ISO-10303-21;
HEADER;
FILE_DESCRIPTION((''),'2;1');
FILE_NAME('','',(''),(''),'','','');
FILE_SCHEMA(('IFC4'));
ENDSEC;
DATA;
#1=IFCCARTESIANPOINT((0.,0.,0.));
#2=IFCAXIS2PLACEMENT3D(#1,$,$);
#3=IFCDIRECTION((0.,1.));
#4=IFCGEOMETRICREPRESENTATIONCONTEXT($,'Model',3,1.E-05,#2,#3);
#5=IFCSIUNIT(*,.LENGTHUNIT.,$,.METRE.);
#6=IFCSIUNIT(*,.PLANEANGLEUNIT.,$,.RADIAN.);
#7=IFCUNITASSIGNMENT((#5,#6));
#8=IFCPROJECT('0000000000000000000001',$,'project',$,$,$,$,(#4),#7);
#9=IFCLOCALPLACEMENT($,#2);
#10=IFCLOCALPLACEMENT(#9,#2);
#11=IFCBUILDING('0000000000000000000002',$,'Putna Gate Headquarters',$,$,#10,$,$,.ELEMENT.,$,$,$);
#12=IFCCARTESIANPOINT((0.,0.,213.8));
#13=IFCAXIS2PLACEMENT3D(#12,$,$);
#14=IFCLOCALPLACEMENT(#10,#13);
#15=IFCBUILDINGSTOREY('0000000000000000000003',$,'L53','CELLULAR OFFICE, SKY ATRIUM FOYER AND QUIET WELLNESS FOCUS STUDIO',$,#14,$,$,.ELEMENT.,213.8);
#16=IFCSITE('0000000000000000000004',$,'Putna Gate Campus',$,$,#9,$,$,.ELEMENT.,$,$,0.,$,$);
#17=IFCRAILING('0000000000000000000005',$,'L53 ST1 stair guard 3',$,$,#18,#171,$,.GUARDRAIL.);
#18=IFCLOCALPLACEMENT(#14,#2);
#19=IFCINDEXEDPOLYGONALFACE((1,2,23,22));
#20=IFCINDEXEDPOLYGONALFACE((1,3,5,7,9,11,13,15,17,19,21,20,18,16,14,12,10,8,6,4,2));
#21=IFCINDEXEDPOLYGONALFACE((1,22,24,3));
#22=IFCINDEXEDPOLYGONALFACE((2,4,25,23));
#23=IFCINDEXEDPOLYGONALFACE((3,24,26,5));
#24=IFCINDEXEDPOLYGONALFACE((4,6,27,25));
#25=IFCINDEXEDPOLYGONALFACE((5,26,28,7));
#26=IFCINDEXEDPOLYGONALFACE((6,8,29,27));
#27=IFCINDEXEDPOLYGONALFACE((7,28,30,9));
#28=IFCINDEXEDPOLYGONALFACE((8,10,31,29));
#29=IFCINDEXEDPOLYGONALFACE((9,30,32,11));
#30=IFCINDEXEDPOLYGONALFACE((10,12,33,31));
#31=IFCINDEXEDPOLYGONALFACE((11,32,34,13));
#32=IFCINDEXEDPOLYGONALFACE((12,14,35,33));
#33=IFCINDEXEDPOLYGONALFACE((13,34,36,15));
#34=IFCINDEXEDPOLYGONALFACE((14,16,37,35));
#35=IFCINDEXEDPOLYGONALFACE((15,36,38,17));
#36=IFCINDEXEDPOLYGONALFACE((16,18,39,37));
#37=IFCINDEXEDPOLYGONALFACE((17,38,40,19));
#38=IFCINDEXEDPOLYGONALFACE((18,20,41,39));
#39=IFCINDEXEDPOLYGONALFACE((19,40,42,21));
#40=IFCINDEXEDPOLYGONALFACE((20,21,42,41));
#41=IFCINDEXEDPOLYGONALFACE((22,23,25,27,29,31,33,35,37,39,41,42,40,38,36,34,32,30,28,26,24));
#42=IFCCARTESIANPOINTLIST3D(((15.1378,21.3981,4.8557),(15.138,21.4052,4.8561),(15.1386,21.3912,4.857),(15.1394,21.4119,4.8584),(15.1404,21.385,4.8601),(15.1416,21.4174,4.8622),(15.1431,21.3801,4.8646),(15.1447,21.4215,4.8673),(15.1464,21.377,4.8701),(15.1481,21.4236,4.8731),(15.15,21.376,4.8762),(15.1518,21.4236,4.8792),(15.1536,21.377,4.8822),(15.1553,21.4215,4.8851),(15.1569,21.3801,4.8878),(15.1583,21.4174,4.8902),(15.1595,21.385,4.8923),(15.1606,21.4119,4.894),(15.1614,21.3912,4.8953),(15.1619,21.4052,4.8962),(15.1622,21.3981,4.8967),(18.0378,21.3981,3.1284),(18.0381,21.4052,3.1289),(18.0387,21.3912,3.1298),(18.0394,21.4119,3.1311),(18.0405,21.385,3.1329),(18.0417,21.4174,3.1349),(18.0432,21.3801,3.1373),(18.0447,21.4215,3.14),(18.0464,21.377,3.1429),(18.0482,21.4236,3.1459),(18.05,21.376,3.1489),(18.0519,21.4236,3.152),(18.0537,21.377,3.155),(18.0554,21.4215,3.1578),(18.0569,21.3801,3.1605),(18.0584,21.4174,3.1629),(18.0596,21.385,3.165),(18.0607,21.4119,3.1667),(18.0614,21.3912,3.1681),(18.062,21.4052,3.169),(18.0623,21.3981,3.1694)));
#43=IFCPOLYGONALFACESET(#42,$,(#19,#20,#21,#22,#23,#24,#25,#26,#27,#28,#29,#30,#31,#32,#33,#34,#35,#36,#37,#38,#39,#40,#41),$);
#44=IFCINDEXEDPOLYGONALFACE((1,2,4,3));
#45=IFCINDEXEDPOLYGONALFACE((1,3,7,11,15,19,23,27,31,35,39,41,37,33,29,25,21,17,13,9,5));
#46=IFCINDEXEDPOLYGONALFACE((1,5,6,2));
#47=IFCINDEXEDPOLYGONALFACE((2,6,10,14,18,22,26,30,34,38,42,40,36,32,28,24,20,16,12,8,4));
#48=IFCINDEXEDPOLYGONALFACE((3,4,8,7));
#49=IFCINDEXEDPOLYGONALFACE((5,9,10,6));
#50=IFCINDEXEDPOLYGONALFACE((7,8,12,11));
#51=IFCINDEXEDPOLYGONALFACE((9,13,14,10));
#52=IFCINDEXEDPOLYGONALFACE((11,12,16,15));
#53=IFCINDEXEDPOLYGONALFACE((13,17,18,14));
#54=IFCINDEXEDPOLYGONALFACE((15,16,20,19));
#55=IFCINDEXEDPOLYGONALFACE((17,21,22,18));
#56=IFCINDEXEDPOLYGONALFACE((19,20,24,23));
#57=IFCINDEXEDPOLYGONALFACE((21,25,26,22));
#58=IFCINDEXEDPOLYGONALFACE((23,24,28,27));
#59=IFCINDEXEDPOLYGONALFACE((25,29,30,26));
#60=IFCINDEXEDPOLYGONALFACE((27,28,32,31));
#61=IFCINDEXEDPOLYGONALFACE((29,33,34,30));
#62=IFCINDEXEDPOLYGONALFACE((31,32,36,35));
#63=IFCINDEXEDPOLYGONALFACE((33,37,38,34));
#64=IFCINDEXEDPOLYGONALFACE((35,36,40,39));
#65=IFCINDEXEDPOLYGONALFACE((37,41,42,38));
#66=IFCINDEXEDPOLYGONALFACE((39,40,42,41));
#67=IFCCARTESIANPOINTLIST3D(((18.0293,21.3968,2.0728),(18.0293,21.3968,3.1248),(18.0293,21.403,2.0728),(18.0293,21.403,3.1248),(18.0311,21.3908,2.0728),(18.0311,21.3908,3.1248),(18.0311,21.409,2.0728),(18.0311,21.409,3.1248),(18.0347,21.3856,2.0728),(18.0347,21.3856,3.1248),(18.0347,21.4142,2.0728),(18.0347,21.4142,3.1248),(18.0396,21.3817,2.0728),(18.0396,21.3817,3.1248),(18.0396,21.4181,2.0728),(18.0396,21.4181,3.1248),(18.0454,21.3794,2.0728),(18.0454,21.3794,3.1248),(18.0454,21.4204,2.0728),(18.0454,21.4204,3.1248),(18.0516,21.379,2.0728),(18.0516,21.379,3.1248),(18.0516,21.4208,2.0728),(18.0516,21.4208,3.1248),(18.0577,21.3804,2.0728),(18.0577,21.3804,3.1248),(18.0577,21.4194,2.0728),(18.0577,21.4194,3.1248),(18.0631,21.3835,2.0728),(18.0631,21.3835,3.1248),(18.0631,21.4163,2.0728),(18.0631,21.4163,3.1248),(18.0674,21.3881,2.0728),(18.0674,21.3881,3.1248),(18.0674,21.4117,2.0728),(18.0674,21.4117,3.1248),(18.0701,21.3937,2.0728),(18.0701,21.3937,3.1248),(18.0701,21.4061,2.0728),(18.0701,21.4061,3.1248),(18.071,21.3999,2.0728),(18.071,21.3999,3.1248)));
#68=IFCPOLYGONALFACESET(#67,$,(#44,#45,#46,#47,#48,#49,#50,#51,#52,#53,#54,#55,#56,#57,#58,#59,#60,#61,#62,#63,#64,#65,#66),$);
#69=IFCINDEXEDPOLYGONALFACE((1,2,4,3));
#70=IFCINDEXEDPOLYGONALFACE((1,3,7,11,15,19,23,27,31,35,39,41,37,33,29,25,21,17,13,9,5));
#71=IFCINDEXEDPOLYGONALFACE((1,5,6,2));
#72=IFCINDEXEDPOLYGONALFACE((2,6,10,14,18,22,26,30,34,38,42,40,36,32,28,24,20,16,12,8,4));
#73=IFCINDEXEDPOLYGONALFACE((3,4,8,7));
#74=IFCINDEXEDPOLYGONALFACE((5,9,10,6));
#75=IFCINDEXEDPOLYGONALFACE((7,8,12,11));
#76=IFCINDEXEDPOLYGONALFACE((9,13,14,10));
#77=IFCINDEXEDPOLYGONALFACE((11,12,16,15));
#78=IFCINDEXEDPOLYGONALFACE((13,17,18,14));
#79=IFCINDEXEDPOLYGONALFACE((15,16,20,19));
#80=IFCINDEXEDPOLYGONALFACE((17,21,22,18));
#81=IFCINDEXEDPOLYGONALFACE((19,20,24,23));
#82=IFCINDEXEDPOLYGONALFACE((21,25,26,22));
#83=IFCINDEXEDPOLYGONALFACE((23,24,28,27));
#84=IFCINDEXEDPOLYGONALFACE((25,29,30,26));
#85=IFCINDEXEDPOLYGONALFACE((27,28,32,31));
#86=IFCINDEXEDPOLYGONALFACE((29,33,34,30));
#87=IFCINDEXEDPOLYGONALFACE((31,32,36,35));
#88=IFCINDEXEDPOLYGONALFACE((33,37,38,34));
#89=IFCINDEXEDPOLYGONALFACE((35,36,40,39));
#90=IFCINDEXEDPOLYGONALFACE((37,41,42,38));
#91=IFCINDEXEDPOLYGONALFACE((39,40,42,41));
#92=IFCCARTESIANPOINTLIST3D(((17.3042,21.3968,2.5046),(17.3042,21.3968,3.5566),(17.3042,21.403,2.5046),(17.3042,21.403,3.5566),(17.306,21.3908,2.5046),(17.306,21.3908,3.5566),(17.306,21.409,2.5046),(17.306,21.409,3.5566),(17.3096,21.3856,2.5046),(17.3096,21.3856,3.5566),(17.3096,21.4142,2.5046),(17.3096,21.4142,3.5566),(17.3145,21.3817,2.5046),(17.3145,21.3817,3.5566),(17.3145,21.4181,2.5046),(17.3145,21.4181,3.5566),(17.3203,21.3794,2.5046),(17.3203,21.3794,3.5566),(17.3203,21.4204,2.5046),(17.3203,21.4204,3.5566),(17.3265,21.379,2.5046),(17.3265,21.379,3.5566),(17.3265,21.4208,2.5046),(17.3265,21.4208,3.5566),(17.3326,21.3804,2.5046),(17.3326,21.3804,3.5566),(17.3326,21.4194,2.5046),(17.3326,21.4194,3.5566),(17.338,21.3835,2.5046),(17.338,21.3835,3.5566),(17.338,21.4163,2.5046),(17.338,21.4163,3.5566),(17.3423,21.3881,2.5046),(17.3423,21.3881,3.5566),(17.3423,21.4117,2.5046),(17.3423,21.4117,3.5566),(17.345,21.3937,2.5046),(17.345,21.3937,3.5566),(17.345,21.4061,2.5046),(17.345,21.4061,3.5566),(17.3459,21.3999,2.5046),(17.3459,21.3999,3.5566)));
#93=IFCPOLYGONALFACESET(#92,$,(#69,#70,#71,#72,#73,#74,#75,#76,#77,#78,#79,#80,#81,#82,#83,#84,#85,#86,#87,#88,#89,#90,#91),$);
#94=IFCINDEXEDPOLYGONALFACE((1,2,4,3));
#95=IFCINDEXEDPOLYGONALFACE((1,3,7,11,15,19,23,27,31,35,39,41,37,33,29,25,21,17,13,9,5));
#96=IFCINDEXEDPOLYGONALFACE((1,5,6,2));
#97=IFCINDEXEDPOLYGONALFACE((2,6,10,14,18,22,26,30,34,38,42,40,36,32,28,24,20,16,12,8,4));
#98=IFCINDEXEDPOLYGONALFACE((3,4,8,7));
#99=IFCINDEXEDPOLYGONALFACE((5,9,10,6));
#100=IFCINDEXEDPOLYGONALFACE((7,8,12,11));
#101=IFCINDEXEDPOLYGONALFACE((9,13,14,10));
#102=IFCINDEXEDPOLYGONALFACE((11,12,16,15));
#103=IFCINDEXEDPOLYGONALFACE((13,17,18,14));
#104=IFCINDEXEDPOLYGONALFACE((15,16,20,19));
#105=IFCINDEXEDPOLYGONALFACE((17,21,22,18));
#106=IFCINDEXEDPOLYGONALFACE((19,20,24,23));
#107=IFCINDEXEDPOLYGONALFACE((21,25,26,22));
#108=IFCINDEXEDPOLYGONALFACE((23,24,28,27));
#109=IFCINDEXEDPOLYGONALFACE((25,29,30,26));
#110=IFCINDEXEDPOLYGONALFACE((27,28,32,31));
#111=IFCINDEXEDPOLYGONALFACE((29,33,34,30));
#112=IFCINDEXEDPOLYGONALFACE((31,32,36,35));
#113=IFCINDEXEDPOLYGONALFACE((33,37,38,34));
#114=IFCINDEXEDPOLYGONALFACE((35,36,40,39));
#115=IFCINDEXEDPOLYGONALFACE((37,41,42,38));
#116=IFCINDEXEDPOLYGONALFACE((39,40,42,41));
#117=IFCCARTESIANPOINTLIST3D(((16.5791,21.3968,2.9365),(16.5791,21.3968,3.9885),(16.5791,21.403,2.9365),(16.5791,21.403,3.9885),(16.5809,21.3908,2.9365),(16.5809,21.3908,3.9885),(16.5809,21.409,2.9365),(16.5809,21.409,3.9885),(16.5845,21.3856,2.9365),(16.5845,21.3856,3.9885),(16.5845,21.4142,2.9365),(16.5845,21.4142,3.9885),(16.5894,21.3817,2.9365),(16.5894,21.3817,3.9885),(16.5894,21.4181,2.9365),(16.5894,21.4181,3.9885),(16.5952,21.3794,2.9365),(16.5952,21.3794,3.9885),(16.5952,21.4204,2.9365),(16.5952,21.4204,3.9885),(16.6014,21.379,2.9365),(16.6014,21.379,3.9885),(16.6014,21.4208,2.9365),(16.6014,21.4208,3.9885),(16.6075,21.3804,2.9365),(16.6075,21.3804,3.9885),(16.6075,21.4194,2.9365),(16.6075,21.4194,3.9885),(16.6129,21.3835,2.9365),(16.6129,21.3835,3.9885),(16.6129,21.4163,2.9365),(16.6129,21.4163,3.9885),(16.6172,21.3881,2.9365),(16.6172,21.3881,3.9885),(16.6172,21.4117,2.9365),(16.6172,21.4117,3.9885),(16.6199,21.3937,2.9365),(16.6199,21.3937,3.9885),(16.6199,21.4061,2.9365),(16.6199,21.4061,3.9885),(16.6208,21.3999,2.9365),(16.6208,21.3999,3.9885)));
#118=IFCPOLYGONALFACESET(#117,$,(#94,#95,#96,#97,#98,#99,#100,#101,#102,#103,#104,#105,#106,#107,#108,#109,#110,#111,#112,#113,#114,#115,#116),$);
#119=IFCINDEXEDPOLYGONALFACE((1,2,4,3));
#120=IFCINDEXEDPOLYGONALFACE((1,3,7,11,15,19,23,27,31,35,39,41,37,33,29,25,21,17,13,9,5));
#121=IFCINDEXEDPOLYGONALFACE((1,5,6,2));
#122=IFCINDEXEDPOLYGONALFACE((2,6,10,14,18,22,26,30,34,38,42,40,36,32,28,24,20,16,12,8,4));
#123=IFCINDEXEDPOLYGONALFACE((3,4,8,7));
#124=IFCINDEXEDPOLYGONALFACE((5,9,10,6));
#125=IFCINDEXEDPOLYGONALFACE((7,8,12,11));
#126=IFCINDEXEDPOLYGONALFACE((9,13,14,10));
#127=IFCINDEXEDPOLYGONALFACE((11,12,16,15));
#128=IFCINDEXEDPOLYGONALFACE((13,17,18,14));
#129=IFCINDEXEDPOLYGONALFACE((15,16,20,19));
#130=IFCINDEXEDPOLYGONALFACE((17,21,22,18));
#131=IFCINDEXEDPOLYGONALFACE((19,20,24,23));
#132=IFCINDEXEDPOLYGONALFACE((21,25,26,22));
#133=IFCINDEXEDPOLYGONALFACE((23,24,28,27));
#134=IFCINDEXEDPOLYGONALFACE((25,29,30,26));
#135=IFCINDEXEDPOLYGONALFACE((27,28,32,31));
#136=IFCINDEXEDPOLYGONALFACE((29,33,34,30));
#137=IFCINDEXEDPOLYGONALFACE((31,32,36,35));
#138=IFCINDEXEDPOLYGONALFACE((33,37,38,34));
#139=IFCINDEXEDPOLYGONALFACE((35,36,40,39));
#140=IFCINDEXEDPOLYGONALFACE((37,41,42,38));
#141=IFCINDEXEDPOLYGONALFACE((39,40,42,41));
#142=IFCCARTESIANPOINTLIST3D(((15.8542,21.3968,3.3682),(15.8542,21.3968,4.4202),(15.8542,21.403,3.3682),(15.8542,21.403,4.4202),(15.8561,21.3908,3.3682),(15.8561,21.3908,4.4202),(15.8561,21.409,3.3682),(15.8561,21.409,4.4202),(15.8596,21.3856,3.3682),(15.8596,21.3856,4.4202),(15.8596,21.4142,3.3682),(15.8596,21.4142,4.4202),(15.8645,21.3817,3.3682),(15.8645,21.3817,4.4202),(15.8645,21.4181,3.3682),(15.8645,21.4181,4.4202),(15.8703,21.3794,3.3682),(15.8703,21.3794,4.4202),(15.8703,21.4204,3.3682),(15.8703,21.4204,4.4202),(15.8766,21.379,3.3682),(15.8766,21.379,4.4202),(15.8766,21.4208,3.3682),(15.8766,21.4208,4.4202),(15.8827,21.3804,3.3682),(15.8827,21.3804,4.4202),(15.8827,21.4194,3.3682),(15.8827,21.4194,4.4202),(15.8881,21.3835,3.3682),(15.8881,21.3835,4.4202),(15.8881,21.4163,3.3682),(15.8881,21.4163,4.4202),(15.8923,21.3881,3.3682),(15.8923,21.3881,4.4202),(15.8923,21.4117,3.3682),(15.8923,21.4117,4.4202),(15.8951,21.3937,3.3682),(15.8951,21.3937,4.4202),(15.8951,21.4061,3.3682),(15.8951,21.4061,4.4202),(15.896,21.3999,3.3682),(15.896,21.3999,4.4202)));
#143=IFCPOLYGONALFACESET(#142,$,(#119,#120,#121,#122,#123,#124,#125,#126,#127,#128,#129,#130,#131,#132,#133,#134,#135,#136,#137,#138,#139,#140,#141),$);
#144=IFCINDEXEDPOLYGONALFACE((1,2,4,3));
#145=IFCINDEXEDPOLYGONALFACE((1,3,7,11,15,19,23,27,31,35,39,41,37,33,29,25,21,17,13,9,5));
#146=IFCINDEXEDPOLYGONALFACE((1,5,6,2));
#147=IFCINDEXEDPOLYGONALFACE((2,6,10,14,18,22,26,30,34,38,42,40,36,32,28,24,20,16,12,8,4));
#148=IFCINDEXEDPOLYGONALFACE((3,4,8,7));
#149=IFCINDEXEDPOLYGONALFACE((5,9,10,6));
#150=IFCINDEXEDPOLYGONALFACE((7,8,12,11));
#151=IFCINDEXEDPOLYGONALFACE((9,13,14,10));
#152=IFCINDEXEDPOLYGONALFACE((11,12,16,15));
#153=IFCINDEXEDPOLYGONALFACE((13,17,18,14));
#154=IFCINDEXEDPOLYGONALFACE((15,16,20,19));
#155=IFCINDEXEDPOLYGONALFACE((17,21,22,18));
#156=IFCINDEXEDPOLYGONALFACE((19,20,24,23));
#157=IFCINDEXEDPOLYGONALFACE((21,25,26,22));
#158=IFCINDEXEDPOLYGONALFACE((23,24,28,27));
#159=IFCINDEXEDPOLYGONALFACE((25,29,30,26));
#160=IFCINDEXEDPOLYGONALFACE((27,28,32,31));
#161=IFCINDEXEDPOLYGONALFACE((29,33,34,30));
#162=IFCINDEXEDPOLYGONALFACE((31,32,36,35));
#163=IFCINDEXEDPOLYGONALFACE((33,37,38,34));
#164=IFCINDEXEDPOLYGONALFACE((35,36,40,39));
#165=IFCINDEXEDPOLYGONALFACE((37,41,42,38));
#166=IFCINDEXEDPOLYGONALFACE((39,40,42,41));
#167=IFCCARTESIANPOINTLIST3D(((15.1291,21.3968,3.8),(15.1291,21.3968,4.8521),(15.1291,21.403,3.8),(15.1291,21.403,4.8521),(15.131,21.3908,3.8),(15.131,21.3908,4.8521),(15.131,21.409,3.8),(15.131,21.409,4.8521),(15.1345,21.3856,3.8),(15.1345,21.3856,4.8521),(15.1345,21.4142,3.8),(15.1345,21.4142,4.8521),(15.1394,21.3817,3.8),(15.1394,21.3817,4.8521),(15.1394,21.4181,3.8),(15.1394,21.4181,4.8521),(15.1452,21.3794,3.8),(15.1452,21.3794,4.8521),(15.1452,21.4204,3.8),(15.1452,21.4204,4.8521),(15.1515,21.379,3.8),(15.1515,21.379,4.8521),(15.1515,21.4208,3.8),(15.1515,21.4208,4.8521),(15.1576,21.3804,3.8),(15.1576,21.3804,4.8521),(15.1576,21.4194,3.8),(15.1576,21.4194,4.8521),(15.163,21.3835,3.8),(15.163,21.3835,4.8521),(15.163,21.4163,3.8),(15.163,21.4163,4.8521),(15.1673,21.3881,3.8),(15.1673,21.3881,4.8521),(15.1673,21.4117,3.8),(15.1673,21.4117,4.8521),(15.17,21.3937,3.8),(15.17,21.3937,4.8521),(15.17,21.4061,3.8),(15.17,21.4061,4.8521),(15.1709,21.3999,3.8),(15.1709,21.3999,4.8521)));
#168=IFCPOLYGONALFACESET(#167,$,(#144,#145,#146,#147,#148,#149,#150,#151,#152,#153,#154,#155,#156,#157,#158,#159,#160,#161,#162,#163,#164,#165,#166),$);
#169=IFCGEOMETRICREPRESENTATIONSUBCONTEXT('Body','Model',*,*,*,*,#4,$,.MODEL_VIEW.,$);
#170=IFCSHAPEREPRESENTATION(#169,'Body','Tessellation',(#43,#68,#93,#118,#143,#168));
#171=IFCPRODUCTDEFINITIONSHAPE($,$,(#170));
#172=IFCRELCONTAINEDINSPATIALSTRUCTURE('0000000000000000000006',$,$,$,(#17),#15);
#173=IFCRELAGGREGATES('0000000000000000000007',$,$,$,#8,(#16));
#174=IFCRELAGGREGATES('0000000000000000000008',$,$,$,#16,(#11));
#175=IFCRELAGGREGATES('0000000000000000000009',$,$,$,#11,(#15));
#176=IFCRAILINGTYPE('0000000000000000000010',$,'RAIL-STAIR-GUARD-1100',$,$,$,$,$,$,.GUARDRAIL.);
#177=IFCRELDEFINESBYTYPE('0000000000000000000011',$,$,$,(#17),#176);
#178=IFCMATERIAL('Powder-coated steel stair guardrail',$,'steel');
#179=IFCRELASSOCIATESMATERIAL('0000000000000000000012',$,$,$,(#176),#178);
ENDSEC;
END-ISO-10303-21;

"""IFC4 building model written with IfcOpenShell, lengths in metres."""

from ifc_helpers import new_model, si_unit, direction, frame, origin, origin_2d, place, context, subcontext, project, spatial, circle, extrude, material, type_object, element, save


model = new_model("IFC4")

# Units and contexts
model_context = context("Model", 3, precision=1e-05, world=origin(), true_north=direction((0.0, 1.0)))
body_context = subcontext(model_context, "Body", "Model", "MODEL_VIEW")
ifc_project = project(units=[si_unit("LENGTHUNIT", "METRE"), si_unit("PLANEANGLEUNIT", "RADIAN")], contexts=[model_context])

# Site, building, storey
site_placement = place(None, origin())
site = spatial("IfcSite", under=ifc_project, at=site_placement, Name="Putna Gate Campus", CompositionType="ELEMENT", RefElevation=0.0)
building_placement = place(site_placement, origin())
building = spatial("IfcBuilding", under=site, at=building_placement, Name="Putna Gate Headquarters", CompositionType="ELEMENT")
storey_placement = place(building_placement, frame((0.0, 0.0, 213.8)))
storey = spatial("IfcBuildingStorey", under=building, at=storey_placement, Name="L53", Description="CELLULAR OFFICE, SKY ATRIUM FOYER AND QUIET WELLNESS FOCUS STUDIO", CompositionType="ELEMENT", Elevation=213.8)

# Railing
ifc_material_1 = material(Name="Powder-coated steel stair guardrail", Category="steel")
railing_type_1 = type_object("IfcRailingType", Name="RAIL-STAIR-GUARD-1100", PredefinedType="GUARDRAIL", material=ifc_material_1)
railing_1_placement = place(storey_placement, frame((18.05, 21.3999, 2.0728)))
element("IfcRailing", 1, at=railing_1_placement, inside=storey, type_object=railing_type_1, Name="L53 ST1 stair guard 3", PredefinedType="GUARDRAIL", context=body_context, shape_type="SweptSolid", body=[
    extrude(circle(Radius=0.0239, at=origin_2d()), frame((0.0, 0.0, 1.0762), z_axis=(-0.85916, 0.0, 0.511706), x_axis=(0.0, -1.0, 0.0)), (0.0, 0.0, 1.0), 3.3755),
    extrude(circle(Radius=0.021, at=origin_2d()), origin(), (0.0, 0.0, 1.0), 1.052),
    extrude(circle(Radius=0.021, at=origin_2d()), frame((-0.7251, 0.0, 0.4319)), (0.0, 0.0, 1.0), 1.052),
    extrude(circle(Radius=0.021, at=origin_2d()), frame((-1.4502, 0.0, 0.8638)), (0.0, 0.0, 1.0), 1.052),
    extrude(circle(Radius=0.021, at=origin_2d()), frame((-2.175, 0.0, 1.2954)), (0.0, 0.0, 1.0), 1.052),
    extrude(circle(Radius=0.021, at=origin_2d()), frame((-2.9001, 0.0, 1.7273)), (0.0, 0.0, 1.0), 1.052),
])

save(model, "model.ifc")
